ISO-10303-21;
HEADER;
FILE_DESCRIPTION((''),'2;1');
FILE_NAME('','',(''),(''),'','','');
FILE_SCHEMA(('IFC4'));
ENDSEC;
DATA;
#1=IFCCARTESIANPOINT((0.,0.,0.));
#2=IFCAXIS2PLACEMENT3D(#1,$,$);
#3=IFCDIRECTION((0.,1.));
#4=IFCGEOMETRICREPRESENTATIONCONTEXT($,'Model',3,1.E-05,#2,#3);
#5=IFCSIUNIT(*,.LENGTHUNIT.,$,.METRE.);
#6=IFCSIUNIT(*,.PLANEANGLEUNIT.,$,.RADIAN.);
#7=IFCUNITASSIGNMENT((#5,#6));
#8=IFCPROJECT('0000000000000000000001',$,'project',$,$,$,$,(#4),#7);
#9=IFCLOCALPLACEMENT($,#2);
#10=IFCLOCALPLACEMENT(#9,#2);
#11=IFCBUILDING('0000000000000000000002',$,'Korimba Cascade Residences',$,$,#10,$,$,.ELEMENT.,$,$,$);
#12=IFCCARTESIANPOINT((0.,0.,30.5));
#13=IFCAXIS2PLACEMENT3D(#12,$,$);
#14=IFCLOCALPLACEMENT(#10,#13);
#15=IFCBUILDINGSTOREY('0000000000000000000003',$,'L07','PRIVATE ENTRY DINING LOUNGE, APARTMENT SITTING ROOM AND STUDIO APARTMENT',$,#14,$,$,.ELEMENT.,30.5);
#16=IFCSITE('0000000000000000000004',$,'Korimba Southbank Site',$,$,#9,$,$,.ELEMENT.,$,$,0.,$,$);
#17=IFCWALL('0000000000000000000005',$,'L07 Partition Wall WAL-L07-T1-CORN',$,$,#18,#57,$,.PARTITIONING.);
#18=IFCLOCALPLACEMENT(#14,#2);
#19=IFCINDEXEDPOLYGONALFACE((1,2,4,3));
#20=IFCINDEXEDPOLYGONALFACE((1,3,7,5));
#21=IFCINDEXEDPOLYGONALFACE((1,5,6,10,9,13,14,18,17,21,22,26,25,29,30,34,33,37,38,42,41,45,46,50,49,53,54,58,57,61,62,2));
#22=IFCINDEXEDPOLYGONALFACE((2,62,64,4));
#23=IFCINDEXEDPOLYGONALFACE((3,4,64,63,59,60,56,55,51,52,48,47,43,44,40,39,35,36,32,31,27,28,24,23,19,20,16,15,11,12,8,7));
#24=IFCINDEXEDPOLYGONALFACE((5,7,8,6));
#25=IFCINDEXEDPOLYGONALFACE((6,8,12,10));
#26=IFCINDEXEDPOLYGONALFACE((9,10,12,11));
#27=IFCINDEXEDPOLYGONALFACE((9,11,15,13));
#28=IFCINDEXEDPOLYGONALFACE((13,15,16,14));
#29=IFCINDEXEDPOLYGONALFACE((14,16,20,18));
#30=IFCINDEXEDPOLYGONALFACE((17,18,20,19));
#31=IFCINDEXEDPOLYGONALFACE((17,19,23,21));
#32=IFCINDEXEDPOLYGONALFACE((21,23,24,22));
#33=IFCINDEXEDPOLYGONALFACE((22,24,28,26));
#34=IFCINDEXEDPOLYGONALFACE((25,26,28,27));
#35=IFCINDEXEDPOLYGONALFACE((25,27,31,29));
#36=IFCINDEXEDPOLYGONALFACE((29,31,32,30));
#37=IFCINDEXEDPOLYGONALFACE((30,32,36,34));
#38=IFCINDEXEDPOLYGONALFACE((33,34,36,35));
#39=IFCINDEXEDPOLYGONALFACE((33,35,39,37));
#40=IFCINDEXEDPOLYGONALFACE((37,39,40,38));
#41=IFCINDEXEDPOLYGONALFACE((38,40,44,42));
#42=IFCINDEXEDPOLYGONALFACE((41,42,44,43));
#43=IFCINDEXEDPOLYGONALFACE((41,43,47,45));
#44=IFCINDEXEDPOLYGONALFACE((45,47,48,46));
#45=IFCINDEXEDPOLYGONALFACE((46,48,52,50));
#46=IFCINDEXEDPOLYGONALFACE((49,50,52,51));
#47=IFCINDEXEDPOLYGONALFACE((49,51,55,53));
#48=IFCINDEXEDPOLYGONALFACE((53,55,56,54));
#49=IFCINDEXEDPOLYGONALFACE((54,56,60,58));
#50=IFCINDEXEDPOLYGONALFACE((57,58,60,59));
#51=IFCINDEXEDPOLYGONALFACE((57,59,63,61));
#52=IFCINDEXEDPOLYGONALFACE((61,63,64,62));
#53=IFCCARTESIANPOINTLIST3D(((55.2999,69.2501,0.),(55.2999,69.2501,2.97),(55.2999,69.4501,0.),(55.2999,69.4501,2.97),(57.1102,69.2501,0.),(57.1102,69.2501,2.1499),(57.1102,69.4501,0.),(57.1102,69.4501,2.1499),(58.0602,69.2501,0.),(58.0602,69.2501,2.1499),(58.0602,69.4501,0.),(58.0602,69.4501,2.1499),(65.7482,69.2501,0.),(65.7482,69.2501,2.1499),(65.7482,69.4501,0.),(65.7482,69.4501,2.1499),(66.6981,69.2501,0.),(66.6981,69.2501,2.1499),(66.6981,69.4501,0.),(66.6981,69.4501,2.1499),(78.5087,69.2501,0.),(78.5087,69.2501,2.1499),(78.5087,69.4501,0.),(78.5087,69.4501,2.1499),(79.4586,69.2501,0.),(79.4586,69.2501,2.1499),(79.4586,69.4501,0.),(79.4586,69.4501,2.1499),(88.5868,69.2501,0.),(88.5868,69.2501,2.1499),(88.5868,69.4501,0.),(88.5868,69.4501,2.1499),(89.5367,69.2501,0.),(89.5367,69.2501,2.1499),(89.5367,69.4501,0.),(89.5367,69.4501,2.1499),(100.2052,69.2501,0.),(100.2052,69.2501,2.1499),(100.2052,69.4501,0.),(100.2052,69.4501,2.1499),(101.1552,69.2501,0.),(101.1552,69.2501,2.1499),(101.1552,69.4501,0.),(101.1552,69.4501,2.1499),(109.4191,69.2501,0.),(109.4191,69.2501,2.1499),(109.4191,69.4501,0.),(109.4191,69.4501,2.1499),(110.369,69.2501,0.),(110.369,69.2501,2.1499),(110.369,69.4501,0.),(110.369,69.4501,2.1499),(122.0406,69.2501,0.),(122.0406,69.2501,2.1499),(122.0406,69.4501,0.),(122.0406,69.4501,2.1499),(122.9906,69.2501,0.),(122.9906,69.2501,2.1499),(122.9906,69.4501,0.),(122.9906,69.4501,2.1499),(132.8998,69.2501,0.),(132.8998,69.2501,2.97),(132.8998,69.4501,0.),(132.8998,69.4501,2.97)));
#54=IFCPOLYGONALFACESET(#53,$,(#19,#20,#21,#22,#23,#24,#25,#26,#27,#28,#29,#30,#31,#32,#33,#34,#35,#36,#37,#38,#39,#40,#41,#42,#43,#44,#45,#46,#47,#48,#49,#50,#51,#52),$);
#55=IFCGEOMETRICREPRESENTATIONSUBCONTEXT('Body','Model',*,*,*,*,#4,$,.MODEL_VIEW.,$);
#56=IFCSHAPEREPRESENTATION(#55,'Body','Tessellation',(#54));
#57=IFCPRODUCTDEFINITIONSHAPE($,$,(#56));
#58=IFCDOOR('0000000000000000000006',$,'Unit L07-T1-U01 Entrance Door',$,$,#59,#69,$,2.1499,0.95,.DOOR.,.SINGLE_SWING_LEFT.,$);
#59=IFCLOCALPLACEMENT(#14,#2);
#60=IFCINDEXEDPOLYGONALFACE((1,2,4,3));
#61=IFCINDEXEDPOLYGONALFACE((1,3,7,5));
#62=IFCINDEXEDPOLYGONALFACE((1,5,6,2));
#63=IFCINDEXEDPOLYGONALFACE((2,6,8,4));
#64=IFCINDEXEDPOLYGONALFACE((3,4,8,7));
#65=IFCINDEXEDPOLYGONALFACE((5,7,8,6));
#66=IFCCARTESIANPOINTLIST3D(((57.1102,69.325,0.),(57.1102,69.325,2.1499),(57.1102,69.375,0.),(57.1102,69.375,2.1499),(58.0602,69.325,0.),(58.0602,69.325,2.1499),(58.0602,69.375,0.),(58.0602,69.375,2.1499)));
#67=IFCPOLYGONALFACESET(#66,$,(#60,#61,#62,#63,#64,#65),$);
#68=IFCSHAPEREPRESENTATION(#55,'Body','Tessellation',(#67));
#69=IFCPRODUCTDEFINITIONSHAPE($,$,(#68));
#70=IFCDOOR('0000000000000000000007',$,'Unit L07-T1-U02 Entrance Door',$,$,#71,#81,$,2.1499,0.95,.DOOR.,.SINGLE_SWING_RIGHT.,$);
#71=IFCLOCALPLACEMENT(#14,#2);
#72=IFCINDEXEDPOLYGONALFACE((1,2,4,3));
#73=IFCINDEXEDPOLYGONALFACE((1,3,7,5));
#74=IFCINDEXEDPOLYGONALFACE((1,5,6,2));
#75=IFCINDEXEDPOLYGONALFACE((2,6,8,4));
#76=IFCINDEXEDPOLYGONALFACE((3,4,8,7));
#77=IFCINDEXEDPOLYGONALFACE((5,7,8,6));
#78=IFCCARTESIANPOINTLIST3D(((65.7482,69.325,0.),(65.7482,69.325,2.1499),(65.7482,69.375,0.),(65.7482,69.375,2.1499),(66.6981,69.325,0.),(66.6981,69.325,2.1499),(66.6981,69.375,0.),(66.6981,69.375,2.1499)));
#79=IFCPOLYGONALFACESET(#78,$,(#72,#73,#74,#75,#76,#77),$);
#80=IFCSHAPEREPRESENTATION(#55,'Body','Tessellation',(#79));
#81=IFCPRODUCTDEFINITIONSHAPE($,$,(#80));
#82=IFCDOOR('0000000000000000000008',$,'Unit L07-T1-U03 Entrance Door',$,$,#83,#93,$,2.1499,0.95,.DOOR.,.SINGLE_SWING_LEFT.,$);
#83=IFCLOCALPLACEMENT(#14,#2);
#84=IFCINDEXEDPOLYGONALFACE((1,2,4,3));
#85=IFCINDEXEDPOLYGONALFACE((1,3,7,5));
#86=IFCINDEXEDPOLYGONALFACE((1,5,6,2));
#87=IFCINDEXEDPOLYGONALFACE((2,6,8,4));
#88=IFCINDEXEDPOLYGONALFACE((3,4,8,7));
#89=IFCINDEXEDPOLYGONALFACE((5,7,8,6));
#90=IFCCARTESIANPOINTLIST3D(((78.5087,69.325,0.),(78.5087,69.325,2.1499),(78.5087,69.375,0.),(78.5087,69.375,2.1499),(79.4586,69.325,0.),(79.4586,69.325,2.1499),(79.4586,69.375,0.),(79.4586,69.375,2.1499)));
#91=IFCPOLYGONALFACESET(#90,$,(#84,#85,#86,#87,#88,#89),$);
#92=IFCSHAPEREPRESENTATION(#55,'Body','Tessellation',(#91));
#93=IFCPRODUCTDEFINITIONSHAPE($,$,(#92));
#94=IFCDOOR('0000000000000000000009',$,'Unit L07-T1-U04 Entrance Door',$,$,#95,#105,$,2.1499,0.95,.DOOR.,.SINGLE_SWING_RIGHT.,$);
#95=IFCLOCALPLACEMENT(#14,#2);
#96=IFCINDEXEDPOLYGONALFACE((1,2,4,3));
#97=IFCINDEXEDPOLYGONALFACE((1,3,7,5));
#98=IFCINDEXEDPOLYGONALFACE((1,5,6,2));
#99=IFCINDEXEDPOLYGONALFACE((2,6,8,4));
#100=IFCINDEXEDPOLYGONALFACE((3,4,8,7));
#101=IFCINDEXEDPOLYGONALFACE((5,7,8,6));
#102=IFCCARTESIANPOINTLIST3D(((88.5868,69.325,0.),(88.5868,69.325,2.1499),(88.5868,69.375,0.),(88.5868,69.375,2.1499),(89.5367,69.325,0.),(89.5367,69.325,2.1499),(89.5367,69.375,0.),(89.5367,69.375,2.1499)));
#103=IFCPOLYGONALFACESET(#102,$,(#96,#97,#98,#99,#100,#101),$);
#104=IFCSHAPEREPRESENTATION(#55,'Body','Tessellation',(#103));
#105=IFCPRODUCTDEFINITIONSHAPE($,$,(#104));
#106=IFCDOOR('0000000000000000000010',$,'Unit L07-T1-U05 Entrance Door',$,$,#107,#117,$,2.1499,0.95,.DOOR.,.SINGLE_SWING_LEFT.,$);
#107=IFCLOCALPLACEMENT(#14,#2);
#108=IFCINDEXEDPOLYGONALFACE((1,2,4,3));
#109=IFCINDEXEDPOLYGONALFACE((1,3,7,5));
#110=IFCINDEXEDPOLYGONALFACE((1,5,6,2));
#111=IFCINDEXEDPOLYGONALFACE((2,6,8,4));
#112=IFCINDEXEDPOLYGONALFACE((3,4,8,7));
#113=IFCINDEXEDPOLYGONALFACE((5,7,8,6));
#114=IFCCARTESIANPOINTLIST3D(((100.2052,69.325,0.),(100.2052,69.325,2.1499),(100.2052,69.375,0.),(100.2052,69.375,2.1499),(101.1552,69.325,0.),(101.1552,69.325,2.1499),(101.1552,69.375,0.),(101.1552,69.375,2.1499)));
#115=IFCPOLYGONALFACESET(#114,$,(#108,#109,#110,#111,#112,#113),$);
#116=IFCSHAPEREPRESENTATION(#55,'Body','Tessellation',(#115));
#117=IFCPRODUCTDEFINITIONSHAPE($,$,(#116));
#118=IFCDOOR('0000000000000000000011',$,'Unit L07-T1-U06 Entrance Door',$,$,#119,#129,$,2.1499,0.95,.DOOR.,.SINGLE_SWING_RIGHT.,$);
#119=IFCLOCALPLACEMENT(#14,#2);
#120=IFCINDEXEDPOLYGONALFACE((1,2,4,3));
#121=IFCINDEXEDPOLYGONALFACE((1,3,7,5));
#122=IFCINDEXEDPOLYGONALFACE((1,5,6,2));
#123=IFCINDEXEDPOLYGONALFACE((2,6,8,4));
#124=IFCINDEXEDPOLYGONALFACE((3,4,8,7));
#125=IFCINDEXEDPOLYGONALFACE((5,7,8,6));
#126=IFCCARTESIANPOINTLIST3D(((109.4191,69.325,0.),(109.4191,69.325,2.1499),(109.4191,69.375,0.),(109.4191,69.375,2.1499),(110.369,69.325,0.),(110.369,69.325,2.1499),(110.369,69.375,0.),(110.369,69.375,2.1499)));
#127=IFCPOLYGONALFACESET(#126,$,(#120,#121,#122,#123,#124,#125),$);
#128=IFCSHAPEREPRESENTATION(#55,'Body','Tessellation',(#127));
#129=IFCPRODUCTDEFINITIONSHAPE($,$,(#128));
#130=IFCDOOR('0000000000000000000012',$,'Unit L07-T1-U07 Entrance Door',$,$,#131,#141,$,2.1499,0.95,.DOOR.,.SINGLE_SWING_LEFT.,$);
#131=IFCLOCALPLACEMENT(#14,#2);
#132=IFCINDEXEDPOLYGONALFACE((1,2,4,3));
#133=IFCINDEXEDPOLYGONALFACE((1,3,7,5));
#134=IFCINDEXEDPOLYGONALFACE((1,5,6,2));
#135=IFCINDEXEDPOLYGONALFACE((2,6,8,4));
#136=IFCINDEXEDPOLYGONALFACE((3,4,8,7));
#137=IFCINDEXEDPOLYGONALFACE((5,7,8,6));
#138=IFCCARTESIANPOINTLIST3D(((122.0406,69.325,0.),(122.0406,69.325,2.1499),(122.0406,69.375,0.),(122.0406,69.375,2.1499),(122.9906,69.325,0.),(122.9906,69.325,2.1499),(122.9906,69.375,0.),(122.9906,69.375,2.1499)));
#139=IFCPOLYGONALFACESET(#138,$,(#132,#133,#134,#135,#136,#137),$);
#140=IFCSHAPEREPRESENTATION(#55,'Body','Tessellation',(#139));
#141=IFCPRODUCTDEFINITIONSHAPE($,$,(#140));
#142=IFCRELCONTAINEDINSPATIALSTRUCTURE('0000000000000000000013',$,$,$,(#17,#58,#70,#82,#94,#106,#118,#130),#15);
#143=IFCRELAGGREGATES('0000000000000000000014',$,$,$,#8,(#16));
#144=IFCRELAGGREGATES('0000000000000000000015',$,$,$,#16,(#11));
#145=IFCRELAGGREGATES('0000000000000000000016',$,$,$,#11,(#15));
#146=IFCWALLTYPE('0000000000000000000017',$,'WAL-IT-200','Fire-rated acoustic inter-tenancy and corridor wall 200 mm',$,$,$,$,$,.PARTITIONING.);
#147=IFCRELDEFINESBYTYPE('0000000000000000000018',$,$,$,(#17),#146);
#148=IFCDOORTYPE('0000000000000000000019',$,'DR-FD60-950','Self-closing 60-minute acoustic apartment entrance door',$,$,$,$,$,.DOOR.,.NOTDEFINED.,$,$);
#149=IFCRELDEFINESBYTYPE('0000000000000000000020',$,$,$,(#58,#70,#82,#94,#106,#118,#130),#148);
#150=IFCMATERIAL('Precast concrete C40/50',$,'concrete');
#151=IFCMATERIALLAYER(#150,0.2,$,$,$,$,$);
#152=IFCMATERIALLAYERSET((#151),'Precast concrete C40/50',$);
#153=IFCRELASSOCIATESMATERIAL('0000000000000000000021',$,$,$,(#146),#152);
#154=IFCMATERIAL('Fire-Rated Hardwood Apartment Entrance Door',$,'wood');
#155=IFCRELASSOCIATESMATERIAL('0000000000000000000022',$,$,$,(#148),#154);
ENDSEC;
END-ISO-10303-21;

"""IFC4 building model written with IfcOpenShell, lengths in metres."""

from ifc_helpers import new_model, si_unit, direction, frame, frame_2d, origin, place, context, subcontext, project, spatial, rectangle, extrude, material, layer, layer_set, type_object, element, fill, save


model = new_model("IFC4")

# Units and contexts
model_context = context("Model", 3, precision=1e-05, world=origin(), true_north=direction((0.0, 1.0)))
body_context = subcontext(model_context, "Body", "Model", "MODEL_VIEW")
ifc_project = project(units=[si_unit("LENGTHUNIT", "METRE"), si_unit("PLANEANGLEUNIT", "RADIAN")], contexts=[model_context])

# Site, building, storey
site_placement = place(None, origin())
site = spatial("IfcSite", under=ifc_project, at=site_placement, Name="Korimba Southbank Site", CompositionType="ELEMENT", RefElevation=0.0)
building_placement = place(site_placement, origin())
building = spatial("IfcBuilding", under=site, at=building_placement, Name="Korimba Cascade Residences", CompositionType="ELEMENT")
storey_placement = place(building_placement, frame((0.0, 0.0, 30.5)))
storey = spatial("IfcBuildingStorey", under=building, at=storey_placement, Name="L07", Description="PRIVATE ENTRY DINING LOUNGE, APARTMENT SITTING ROOM AND STUDIO APARTMENT", CompositionType="ELEMENT", Elevation=30.5)

# Shared definitions
ifc_material_1 = material(Name="Precast concrete C40/50", Category="concrete")
ifc_layer_1 = layer(ifc_material_1, 0.2)
ifc_layer_set_1 = layer_set([ifc_layer_1], Name="Precast concrete C40/50")
wall_type_1 = type_object("IfcWallType", Name="WAL-IT-200", Description="Fire-rated acoustic inter-tenancy and corridor wall 200 mm", PredefinedType="PARTITIONING", material=ifc_layer_set_1)
ifc_material_2 = material(Name="Fire-Rated Hardwood Apartment Entrance Door", Category="wood")
door_type_1 = type_object("IfcDoorType", Name="DR-FD60-950", Description="Self-closing 60-minute acoustic apartment entrance door", OperationType="NOTDEFINED", PredefinedType="DOOR", material=ifc_material_2)

# Wall, openings, doors
wall_1_placement = place(storey_placement, frame((55.3, 69.3501, 0.0), z_axis=(0.0, 0.0, 1.0), x_axis=(1.0, 0.0, 0.0)))
wall_1 = element("IfcWall", 1, at=wall_1_placement, inside=storey, type_object=wall_type_1, Name="L07 Partition Wall WAL-L07-T1-CORN", PredefinedType="PARTITIONING", context=body_context, shape_type="SweptSolid", body=[
    extrude(rectangle(XDim=77.5999, YDim=0.2, at=frame_2d((38.7998, 0.0))), origin(), (0.0, 0.0, 1.0), 2.97),
])
opening_1_placement = place(wall_1_placement, frame((1.8101, 0.0, 0.0)))
opening_1 = element("IfcOpeningElement", 2, at=opening_1_placement, cuts=wall_1, PredefinedType="OPENING", context=body_context, shape_type="SweptSolid", body=[
    extrude(rectangle(XDim=0.95, YDim=2.1499, at=frame_2d((0.4751, 1.075))), frame((0.0, 0.1099, 0.0), z_axis=(0.0, -1.0, 0.0), x_axis=(1.0, 0.0, 0.0)), (0.0, 0.0, 1.0), 0.22),
])
opening_2_placement = place(wall_1_placement, frame((10.448, 0.0, 0.0)))
opening_2 = element("IfcOpeningElement", 3, at=opening_2_placement, cuts=wall_1, PredefinedType="OPENING", context=body_context, shape_type="SweptSolid", body=[
    extrude(rectangle(XDim=0.95, YDim=2.1499, at=frame_2d((0.4751, 1.075))), frame((0.0, 0.1099, 0.0), z_axis=(0.0, -1.0, 0.0), x_axis=(1.0, 0.0, 0.0)), (0.0, 0.0, 1.0), 0.22),
])
opening_3_placement = place(wall_1_placement, frame((23.2085, 0.0, 0.0)))
opening_3 = element("IfcOpeningElement", 4, at=opening_3_placement, cuts=wall_1, PredefinedType="OPENING", context=body_context, shape_type="SweptSolid", body=[
    extrude(rectangle(XDim=0.95, YDim=2.1499, at=frame_2d((0.4751, 1.075))), frame((0.0, 0.1099, 0.0), z_axis=(0.0, -1.0, 0.0), x_axis=(1.0, 0.0, 0.0)), (0.0, 0.0, 1.0), 0.22),
])
opening_4_placement = place(wall_1_placement, frame((33.2866, 0.0, 0.0)))
opening_4 = element("IfcOpeningElement", 5, at=opening_4_placement, cuts=wall_1, PredefinedType="OPENING", context=body_context, shape_type="SweptSolid", body=[
    extrude(rectangle(XDim=0.95, YDim=2.1499, at=frame_2d((0.4751, 1.075))), frame((0.0, 0.1099, 0.0), z_axis=(0.0, -1.0, 0.0), x_axis=(1.0, 0.0, 0.0)), (0.0, 0.0, 1.0), 0.22),
])
opening_5_placement = place(wall_1_placement, frame((44.905, 0.0, 0.0)))
opening_5 = element("IfcOpeningElement", 6, at=opening_5_placement, cuts=wall_1, PredefinedType="OPENING", context=body_context, shape_type="SweptSolid", body=[
    extrude(rectangle(XDim=0.95, YDim=2.1499, at=frame_2d((0.4751, 1.075))), frame((0.0, 0.1099, 0.0), z_axis=(0.0, -1.0, 0.0), x_axis=(1.0, 0.0, 0.0)), (0.0, 0.0, 1.0), 0.22),
])
opening_6_placement = place(wall_1_placement, frame((54.1189, 0.0, 0.0)))
opening_6 = element("IfcOpeningElement", 7, at=opening_6_placement, cuts=wall_1, PredefinedType="OPENING", context=body_context, shape_type="SweptSolid", body=[
    extrude(rectangle(XDim=0.95, YDim=2.1499, at=frame_2d((0.4751, 1.075))), frame((0.0, 0.1099, 0.0), z_axis=(0.0, -1.0, 0.0), x_axis=(1.0, 0.0, 0.0)), (0.0, 0.0, 1.0), 0.22),
])
opening_7_placement = place(wall_1_placement, frame((66.7405, 0.0, 0.0)))
opening_7 = element("IfcOpeningElement", 8, at=opening_7_placement, cuts=wall_1, PredefinedType="OPENING", context=body_context, shape_type="SweptSolid", body=[
    extrude(rectangle(XDim=0.95, YDim=2.1499, at=frame_2d((0.4751, 1.075))), frame((0.0, 0.1099, 0.0), z_axis=(0.0, -1.0, 0.0), x_axis=(1.0, 0.0, 0.0)), (0.0, 0.0, 1.0), 0.22),
])
door_1_placement = place(opening_1_placement, origin())
door_1 = element("IfcDoor", 9, at=door_1_placement, inside=storey, type_object=door_type_1, Name="Unit L07-T1-U01 Entrance Door", OperationType="SINGLE_SWING_LEFT", OverallHeight=2.1499, OverallWidth=0.95, PredefinedType="DOOR", context=body_context, shape_type="SweptSolid", body=[
    extrude(rectangle(XDim=0.95, YDim=2.1499, at=frame_2d((0.4751, 1.075))), frame((0.0, 0.0249, 0.0), z_axis=(0.0, -1.0, 0.0), x_axis=(1.0, 0.0, 0.0)), (0.0, 0.0, 1.0), 0.05),
])
fill(opening_1, door_1)
door_2_placement = place(opening_2_placement, origin())
door_2 = element("IfcDoor", 10, at=door_2_placement, inside=storey, type_object=door_type_1, Name="Unit L07-T1-U02 Entrance Door", OperationType="SINGLE_SWING_RIGHT", OverallHeight=2.1499, OverallWidth=0.95, PredefinedType="DOOR", context=body_context, shape_type="SweptSolid", body=[
    extrude(rectangle(XDim=0.95, YDim=2.1499, at=frame_2d((0.4751, 1.075))), frame((0.0, 0.0249, 0.0), z_axis=(0.0, -1.0, 0.0), x_axis=(1.0, 0.0, 0.0)), (0.0, 0.0, 1.0), 0.05),
])
fill(opening_2, door_2)
door_3_placement = place(opening_3_placement, origin())
door_3 = element("IfcDoor", 11, at=door_3_placement, inside=storey, type_object=door_type_1, Name="Unit L07-T1-U03 Entrance Door", OperationType="SINGLE_SWING_LEFT", OverallHeight=2.1499, OverallWidth=0.95, PredefinedType="DOOR", context=body_context, shape_type="SweptSolid", body=[
    extrude(rectangle(XDim=0.95, YDim=2.1499, at=frame_2d((0.4751, 1.075))), frame((0.0, 0.0249, 0.0), z_axis=(0.0, -1.0, 0.0), x_axis=(1.0, 0.0, 0.0)), (0.0, 0.0, 1.0), 0.05),
])
fill(opening_3, door_3)
door_4_placement = place(opening_4_placement, origin())
door_4 = element("IfcDoor", 12, at=door_4_placement, inside=storey, type_object=door_type_1, Name="Unit L07-T1-U04 Entrance Door", OperationType="SINGLE_SWING_RIGHT", OverallHeight=2.1499, OverallWidth=0.95, PredefinedType="DOOR", context=body_context, shape_type="SweptSolid", body=[
    extrude(rectangle(XDim=0.95, YDim=2.1499, at=frame_2d((0.4751, 1.075))), frame((0.0, 0.0249, 0.0), z_axis=(0.0, -1.0, 0.0), x_axis=(1.0, 0.0, 0.0)), (0.0, 0.0, 1.0), 0.05),
])
fill(opening_4, door_4)
door_5_placement = place(opening_5_placement, origin())
door_5 = element("IfcDoor", 13, at=door_5_placement, inside=storey, type_object=door_type_1, Name="Unit L07-T1-U05 Entrance Door", OperationType="SINGLE_SWING_LEFT", OverallHeight=2.1499, OverallWidth=0.95, PredefinedType="DOOR", context=body_context, shape_type="SweptSolid", body=[
    extrude(rectangle(XDim=0.95, YDim=2.1499, at=frame_2d((0.4751, 1.075))), frame((0.0, 0.0249, 0.0), z_axis=(0.0, -1.0, 0.0), x_axis=(1.0, 0.0, 0.0)), (0.0, 0.0, 1.0), 0.05),
])
fill(opening_5, door_5)
door_6_placement = place(opening_6_placement, origin())
door_6 = element("IfcDoor", 14, at=door_6_placement, inside=storey, type_object=door_type_1, Name="Unit L07-T1-U06 Entrance Door", OperationType="SINGLE_SWING_RIGHT", OverallHeight=2.1499, OverallWidth=0.95, PredefinedType="DOOR", context=body_context, shape_type="SweptSolid", body=[
    extrude(rectangle(XDim=0.95, YDim=2.1499, at=frame_2d((0.4751, 1.075))), frame((0.0, 0.0249, 0.0), z_axis=(0.0, -1.0, 0.0), x_axis=(1.0, 0.0, 0.0)), (0.0, 0.0, 1.0), 0.05),
])
fill(opening_6, door_6)
door_7_placement = place(opening_7_placement, origin())
door_7 = element("IfcDoor", 15, at=door_7_placement, inside=storey, type_object=door_type_1, Name="Unit L07-T1-U07 Entrance Door", OperationType="SINGLE_SWING_LEFT", OverallHeight=2.1499, OverallWidth=0.95, PredefinedType="DOOR", context=body_context, shape_type="SweptSolid", body=[
    extrude(rectangle(XDim=0.95, YDim=2.1499, at=frame_2d((0.4751, 1.075))), frame((0.0, 0.0249, 0.0), z_axis=(0.0, -1.0, 0.0), x_axis=(1.0, 0.0, 0.0)), (0.0, 0.0, 1.0), 0.05),
])
fill(opening_7, door_7)

save(model, "model.ifc")
